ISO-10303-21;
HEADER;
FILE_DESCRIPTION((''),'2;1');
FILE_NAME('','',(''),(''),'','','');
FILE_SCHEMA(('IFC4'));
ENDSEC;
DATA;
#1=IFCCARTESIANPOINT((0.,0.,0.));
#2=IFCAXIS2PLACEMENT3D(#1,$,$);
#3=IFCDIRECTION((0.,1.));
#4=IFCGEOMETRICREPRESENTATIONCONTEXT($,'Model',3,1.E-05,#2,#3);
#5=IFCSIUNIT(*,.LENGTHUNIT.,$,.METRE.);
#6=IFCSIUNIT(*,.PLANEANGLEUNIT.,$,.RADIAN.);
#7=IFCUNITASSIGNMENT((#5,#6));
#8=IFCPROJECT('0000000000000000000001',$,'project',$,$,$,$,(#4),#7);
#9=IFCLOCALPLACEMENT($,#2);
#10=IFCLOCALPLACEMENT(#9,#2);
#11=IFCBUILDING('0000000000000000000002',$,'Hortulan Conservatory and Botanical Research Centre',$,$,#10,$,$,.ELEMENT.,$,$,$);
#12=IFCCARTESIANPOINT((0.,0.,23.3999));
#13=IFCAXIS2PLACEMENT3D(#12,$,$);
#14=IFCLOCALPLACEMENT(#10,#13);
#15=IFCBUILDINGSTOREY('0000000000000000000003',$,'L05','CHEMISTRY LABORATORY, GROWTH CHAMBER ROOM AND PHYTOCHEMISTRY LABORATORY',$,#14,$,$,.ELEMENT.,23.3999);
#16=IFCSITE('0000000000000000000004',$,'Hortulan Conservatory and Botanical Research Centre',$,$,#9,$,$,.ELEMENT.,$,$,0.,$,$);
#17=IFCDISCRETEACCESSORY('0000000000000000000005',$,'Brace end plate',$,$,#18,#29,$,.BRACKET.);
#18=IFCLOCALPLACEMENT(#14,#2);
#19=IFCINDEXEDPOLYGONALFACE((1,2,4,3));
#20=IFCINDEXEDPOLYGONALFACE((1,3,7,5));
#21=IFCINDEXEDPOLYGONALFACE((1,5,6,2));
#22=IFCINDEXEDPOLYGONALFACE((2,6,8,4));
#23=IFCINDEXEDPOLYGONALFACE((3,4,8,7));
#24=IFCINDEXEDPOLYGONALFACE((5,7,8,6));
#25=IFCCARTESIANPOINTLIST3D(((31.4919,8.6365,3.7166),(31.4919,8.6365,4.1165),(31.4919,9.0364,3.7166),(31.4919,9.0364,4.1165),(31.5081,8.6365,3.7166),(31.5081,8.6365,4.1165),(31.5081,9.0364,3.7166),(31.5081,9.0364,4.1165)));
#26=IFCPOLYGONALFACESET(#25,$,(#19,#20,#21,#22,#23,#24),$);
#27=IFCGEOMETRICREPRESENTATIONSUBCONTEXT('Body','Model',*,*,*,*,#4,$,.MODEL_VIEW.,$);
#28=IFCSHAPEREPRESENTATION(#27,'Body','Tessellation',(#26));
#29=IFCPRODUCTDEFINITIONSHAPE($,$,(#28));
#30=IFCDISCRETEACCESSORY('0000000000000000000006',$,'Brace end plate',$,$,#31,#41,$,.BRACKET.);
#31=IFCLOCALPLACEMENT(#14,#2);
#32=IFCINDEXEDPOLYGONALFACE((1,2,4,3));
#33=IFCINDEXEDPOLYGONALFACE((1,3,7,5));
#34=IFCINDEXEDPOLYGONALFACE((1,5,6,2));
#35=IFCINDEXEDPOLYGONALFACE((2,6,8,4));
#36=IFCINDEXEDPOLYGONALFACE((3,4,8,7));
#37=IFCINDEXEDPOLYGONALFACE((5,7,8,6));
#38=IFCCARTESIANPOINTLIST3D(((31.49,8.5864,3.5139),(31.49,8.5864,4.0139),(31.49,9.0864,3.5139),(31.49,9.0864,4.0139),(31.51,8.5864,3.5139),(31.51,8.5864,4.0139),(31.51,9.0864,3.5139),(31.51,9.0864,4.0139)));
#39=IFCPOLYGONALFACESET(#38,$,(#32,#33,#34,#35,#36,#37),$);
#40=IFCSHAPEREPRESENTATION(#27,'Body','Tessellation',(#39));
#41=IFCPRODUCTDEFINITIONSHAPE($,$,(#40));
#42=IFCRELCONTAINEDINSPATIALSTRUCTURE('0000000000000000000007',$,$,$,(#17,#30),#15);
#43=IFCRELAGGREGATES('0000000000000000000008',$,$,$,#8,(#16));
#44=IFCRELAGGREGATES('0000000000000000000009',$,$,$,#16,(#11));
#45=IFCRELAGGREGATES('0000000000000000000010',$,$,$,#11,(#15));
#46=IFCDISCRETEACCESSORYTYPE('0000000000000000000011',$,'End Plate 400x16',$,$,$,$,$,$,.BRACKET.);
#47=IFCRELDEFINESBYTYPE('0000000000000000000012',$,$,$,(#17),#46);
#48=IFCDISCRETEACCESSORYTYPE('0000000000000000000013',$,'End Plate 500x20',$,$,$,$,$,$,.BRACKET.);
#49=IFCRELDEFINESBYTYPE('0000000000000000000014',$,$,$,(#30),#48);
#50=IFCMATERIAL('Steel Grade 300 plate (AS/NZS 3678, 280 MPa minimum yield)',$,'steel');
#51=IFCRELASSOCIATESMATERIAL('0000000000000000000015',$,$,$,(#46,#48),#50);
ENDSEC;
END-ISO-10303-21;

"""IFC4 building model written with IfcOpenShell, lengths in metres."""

from ifc_helpers import new_model, si_unit, direction, frame, origin, origin_2d, place, context, subcontext, project, spatial, rectangle, extrude, material, type_object, element, save


model = new_model("IFC4")

# Units and contexts
model_context = context("Model", 3, precision=1e-05, world=origin(), true_north=direction((0.0, 1.0)))
body_context = subcontext(model_context, "Body", "Model", "MODEL_VIEW")
ifc_project = project(units=[si_unit("LENGTHUNIT", "METRE"), si_unit("PLANEANGLEUNIT", "RADIAN")], contexts=[model_context])

# Site, building, storey
site_placement = place(None, origin())
site = spatial("IfcSite", under=ifc_project, at=site_placement, Name="Hortulan Conservatory and Botanical Research Centre", CompositionType="ELEMENT", RefElevation=0.0)
building_placement = place(site_placement, origin())
building = spatial("IfcBuilding", under=site, at=building_placement, Name="Hortulan Conservatory and Botanical Research Centre", CompositionType="ELEMENT")
storey_placement = place(building_placement, frame((0.0, 0.0, 23.3999)))
storey = spatial("IfcBuildingStorey", under=building, at=storey_placement, Name="L05", Description="CHEMISTRY LABORATORY, GROWTH CHAMBER ROOM AND PHYTOCHEMISTRY LABORATORY", CompositionType="ELEMENT", Elevation=23.3999)

# Discrete accessories
ifc_material_1 = material(Name="Steel Grade 300 plate (AS/NZS 3678, 280 MPa minimum yield)", Category="steel")
discrete_accessory_type_1 = type_object("IfcDiscreteAccessoryType", Name="End Plate 400x16", PredefinedType="BRACKET", material=ifc_material_1)
discrete_accessory_1_placement = place(storey_placement, frame((31.5, 8.8364, 3.7166), z_axis=(0.0, 0.0, 1.0), x_axis=(0.0, -1.0, 0.0)))
element("IfcDiscreteAccessory", 1, at=discrete_accessory_1_placement, inside=storey, type_object=discrete_accessory_type_1, Name="Brace end plate", PredefinedType="BRACKET", context=body_context, shape_type="SweptSolid", body=[
    extrude(rectangle(XDim=0.3999, YDim=0.0161, at=origin_2d()), origin(), (0.0, 0.0, 1.0), 0.3999),
])
discrete_accessory_type_2 = type_object("IfcDiscreteAccessoryType", Name="End Plate 500x20", PredefinedType="BRACKET", material=ifc_material_1)
discrete_accessory_2_placement = place(storey_placement, frame((31.5, 8.8364, 3.5139), z_axis=(0.0, 0.0, 1.0), x_axis=(0.0, -1.0, 0.0)))
element("IfcDiscreteAccessory", 2, at=discrete_accessory_2_placement, inside=storey, type_object=discrete_accessory_type_2, Name="Brace end plate", PredefinedType="BRACKET", context=body_context, shape_type="SweptSolid", body=[
    extrude(rectangle(XDim=0.5, YDim=0.02, at=origin_2d()), origin(), (0.0, 0.0, 1.0), 0.5),
])

save(model, "model.ifc")
